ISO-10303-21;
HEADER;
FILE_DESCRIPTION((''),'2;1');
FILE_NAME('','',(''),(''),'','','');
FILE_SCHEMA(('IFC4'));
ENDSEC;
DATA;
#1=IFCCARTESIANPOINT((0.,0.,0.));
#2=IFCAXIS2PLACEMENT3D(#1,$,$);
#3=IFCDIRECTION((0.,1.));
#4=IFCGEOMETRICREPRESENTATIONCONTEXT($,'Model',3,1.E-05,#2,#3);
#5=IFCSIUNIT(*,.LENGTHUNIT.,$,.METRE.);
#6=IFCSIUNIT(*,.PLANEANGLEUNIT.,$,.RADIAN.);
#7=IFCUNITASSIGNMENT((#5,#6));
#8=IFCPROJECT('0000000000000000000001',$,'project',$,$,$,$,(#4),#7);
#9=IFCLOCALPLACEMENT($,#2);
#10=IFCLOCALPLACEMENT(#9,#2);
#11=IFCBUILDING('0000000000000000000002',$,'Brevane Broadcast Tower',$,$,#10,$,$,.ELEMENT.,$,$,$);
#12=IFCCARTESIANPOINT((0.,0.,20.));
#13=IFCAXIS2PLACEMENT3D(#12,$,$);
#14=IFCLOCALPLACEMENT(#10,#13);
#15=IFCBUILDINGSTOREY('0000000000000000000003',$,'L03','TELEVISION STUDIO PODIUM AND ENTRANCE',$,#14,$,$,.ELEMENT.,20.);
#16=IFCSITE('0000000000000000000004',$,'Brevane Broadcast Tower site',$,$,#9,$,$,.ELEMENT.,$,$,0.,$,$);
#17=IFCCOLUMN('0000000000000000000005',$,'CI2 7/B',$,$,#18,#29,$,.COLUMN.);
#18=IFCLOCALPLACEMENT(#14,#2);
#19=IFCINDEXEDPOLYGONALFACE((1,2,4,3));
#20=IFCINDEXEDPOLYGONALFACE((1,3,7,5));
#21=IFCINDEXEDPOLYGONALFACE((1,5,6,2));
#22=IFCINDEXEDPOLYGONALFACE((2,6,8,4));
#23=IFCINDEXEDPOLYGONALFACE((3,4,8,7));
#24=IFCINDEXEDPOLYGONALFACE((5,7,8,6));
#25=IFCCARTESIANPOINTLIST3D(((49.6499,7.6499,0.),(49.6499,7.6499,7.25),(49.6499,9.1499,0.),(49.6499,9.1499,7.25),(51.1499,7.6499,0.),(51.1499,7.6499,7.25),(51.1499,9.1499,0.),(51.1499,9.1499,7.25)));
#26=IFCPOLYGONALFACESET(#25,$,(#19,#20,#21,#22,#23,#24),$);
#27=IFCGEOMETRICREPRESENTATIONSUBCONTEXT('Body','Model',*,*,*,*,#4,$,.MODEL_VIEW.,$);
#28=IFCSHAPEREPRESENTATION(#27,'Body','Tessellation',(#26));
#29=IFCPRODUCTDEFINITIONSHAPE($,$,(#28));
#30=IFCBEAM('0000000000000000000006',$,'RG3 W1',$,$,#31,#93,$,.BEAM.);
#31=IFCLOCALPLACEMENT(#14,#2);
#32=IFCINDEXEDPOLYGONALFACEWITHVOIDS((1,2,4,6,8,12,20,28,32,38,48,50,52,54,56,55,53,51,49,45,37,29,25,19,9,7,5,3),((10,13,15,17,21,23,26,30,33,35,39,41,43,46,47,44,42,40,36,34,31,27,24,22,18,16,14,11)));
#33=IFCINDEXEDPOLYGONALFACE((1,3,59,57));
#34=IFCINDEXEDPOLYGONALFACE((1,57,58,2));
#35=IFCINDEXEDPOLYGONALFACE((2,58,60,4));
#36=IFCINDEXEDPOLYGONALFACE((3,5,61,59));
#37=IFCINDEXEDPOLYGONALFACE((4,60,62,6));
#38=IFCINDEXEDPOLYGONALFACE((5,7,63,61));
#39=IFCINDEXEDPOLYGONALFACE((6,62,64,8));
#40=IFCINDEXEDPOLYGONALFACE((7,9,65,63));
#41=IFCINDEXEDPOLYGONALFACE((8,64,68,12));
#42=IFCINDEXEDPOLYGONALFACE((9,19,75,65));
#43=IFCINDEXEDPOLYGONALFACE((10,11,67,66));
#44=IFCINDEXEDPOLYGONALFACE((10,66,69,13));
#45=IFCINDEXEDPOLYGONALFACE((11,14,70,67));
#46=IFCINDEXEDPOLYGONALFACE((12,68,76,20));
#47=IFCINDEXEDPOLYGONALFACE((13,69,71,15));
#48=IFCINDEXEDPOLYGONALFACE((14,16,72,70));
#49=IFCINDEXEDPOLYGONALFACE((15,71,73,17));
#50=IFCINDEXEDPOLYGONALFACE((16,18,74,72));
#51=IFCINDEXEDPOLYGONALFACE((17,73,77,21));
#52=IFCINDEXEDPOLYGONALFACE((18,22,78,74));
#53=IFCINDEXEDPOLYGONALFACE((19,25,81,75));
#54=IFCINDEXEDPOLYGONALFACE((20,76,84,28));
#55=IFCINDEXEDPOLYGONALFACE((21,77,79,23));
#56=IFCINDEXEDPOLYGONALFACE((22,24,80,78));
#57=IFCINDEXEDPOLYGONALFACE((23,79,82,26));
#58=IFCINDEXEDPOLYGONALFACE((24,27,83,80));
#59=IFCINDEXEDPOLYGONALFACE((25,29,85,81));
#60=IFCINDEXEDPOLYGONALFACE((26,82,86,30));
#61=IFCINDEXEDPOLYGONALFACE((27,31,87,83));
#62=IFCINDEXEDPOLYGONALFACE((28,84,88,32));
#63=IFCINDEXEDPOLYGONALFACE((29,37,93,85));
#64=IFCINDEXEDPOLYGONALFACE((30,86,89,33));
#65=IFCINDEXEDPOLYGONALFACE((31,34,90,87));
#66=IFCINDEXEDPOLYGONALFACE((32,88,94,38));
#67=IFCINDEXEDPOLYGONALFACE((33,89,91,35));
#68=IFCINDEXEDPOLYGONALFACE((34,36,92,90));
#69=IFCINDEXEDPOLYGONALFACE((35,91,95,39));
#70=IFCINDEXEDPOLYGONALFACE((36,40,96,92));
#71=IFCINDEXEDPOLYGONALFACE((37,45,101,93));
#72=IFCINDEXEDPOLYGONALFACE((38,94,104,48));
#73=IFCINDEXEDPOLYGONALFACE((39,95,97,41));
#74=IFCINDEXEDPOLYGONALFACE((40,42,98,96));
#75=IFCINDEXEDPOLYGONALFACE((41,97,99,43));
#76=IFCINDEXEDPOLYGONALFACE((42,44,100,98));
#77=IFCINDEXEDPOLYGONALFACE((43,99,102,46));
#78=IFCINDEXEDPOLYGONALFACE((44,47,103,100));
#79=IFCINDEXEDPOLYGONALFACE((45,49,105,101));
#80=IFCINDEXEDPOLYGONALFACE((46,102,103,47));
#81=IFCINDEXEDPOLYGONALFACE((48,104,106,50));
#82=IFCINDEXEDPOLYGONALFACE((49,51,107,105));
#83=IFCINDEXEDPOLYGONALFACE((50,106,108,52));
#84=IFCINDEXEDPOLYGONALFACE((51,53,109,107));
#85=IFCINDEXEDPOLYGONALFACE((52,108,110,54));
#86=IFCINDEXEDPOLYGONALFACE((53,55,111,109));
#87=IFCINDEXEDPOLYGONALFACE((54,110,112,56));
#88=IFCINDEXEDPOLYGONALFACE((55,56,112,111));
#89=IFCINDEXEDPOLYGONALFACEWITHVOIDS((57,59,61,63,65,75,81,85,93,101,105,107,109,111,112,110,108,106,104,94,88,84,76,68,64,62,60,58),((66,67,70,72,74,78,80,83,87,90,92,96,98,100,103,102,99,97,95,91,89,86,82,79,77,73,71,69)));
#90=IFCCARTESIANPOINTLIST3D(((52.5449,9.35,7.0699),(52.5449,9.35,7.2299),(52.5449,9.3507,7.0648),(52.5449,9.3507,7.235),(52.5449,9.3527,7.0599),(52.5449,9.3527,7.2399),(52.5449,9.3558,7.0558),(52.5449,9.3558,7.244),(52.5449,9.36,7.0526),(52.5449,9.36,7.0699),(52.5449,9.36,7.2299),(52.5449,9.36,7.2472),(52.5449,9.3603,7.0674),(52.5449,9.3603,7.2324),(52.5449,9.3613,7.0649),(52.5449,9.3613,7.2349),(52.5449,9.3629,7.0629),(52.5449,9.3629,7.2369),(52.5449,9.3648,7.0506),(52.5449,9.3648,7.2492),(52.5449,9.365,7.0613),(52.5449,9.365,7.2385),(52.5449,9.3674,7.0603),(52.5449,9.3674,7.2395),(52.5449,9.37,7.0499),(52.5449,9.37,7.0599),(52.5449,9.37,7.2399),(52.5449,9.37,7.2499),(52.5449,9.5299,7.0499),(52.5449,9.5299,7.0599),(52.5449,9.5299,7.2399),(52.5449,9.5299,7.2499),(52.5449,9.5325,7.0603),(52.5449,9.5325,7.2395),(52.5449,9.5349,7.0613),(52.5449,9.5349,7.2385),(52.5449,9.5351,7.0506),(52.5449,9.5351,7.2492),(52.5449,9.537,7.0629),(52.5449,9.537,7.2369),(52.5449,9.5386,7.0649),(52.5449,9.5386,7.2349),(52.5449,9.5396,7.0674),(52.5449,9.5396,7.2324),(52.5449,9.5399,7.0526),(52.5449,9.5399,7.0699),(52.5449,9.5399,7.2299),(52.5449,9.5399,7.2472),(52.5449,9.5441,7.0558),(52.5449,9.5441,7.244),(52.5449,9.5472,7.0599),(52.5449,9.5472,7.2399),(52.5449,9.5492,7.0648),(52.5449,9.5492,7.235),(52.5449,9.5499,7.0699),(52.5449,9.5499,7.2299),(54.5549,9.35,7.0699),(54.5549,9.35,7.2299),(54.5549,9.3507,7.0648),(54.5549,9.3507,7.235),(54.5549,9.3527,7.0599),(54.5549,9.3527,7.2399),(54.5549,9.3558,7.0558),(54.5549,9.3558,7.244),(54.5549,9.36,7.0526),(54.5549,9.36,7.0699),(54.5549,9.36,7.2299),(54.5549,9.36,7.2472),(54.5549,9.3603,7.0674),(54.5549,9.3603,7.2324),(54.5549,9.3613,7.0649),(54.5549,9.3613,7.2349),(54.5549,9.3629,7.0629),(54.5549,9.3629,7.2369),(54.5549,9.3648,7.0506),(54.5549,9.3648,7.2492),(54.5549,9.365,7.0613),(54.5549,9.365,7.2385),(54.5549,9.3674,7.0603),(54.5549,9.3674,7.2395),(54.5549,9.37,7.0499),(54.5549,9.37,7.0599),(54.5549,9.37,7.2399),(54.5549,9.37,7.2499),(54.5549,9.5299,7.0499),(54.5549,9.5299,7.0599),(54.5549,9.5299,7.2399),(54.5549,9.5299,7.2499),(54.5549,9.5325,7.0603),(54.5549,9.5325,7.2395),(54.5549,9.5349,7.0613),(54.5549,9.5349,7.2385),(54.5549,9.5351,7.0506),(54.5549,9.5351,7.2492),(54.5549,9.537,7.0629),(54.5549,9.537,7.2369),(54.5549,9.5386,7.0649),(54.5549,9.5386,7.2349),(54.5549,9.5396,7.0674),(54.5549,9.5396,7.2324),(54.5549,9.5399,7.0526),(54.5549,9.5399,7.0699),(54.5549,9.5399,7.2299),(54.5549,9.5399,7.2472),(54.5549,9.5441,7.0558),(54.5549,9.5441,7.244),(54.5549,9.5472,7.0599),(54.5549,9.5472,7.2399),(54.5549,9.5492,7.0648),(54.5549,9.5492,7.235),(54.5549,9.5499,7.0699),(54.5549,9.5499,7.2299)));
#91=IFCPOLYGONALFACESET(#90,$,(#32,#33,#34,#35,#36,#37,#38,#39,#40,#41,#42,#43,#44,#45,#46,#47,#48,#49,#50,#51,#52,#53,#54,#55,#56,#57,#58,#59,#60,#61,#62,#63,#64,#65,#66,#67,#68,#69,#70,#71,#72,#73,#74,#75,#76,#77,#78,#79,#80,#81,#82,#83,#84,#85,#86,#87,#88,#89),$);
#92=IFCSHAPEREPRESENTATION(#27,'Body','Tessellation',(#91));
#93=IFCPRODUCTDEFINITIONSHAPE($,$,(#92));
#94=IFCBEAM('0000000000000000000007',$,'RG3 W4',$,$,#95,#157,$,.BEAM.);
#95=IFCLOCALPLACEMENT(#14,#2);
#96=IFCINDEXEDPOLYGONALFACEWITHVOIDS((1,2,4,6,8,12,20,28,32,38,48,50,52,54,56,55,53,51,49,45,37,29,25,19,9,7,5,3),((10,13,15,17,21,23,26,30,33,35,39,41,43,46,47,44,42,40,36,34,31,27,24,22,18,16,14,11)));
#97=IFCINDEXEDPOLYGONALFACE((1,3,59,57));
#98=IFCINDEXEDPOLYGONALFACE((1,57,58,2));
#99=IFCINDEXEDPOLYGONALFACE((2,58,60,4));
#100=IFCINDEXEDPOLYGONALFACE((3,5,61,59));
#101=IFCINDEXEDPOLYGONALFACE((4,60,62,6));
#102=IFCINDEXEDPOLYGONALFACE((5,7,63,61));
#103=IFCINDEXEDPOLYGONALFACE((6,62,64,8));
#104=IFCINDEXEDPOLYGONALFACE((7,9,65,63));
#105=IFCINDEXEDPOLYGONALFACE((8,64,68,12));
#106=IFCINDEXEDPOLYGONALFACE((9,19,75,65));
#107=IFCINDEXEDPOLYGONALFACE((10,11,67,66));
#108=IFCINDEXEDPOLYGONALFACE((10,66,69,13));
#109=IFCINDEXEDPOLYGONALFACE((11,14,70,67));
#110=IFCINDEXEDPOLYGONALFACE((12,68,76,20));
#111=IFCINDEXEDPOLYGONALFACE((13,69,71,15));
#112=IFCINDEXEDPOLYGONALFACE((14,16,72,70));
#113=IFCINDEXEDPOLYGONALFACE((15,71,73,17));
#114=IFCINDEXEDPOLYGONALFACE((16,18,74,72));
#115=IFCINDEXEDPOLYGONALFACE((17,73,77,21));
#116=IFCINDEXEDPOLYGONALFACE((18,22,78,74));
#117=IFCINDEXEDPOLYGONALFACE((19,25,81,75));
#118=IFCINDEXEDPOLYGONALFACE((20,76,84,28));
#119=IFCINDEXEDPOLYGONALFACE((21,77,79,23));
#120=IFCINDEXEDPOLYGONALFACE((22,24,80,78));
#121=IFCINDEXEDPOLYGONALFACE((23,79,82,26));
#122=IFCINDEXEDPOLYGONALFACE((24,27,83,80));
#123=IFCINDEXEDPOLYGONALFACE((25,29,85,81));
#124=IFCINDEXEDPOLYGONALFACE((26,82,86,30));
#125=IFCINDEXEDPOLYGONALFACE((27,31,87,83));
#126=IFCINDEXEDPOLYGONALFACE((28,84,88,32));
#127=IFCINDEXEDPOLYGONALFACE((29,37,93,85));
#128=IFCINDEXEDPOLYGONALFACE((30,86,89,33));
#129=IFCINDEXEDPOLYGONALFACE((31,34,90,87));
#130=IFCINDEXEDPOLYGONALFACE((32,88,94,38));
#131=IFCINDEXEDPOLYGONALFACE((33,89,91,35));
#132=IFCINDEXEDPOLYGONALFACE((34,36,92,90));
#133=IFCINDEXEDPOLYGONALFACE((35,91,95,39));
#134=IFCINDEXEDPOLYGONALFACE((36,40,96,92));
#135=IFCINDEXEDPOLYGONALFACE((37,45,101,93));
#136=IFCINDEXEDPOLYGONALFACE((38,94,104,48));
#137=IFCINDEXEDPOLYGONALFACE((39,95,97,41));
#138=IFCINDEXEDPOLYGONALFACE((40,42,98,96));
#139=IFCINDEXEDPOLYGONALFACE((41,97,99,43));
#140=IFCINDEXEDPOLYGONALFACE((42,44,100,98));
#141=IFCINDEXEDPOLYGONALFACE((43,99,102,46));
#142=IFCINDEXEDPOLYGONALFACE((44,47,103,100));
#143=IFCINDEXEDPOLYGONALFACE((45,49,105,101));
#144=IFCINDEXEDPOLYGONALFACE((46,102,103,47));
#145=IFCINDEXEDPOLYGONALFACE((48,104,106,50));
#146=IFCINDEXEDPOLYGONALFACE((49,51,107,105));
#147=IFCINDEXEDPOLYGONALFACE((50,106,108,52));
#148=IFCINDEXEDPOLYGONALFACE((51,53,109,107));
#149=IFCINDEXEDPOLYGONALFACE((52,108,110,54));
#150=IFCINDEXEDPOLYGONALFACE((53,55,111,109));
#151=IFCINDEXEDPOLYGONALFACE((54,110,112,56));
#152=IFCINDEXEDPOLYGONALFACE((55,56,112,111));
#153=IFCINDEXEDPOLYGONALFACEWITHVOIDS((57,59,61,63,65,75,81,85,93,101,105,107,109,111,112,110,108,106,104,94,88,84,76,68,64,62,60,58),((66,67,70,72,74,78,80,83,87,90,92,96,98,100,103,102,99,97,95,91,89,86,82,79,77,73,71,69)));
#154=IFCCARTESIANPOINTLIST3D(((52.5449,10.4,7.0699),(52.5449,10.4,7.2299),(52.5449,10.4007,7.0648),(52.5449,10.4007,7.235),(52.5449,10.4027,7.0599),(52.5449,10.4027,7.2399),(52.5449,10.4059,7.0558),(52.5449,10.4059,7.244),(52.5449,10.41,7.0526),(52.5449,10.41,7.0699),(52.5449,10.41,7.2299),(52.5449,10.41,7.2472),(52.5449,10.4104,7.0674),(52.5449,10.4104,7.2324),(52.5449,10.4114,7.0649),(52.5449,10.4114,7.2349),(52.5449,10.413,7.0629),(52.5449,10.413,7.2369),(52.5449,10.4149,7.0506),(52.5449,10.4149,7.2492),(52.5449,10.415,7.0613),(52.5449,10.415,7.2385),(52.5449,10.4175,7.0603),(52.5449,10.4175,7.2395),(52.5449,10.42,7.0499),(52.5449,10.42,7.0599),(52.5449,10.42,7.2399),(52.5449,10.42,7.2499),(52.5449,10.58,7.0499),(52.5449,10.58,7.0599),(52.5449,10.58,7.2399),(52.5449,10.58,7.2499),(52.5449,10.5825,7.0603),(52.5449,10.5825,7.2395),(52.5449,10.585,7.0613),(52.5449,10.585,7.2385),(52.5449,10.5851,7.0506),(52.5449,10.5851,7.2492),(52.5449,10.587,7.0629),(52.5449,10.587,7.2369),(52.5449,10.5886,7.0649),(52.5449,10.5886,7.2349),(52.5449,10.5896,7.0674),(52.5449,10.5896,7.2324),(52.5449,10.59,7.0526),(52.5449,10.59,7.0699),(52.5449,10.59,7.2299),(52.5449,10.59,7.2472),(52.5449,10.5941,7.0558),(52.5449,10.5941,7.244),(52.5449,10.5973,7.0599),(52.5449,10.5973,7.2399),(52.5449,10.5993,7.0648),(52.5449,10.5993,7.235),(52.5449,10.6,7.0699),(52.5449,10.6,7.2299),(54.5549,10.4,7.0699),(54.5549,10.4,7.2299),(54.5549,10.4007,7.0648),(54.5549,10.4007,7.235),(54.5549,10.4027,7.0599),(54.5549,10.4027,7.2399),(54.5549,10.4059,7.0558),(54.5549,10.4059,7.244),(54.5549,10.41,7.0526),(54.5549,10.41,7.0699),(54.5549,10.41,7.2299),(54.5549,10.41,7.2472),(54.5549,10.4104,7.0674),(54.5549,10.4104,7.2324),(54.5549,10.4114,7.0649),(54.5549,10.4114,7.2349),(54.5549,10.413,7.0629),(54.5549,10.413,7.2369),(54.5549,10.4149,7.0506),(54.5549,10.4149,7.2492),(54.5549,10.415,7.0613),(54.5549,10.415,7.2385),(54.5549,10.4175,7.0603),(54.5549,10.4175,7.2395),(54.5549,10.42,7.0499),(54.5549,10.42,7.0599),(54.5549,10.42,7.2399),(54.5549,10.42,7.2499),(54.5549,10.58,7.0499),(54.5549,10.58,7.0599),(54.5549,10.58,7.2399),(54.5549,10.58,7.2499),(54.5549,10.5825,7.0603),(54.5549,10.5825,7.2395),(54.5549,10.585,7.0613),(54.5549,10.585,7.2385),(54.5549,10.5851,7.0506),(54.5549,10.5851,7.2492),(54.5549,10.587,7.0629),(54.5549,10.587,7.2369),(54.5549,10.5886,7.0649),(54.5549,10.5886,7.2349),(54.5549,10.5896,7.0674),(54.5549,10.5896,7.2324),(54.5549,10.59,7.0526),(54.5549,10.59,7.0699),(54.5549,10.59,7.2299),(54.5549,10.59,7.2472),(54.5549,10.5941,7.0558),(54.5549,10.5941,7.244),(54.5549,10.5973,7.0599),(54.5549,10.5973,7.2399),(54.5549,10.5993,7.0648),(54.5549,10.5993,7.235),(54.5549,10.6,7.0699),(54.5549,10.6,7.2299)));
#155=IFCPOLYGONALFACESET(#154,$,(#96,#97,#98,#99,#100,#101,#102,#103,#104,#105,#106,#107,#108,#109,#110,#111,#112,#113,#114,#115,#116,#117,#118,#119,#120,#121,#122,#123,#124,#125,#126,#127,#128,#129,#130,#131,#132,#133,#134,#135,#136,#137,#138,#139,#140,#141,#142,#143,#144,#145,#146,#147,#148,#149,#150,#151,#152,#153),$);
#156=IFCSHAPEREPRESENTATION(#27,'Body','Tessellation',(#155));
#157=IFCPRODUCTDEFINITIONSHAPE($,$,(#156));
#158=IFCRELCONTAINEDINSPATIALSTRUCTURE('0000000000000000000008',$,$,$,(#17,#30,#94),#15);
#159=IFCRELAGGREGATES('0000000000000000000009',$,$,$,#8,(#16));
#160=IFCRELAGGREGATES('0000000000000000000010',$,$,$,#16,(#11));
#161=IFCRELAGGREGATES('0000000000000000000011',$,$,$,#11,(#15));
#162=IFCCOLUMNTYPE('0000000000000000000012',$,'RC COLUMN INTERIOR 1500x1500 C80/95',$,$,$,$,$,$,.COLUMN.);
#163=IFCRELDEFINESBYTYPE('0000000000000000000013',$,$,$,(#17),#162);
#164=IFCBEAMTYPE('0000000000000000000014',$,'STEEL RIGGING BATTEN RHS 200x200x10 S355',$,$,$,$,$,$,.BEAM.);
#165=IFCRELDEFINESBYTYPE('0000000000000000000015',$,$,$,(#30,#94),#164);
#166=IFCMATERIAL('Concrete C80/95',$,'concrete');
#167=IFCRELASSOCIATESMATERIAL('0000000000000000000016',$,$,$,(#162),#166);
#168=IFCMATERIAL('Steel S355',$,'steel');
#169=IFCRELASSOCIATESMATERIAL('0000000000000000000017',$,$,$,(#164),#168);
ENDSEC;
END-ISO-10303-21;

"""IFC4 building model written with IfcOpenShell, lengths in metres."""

from ifc_helpers import new_model, si_unit, direction, frame, origin, origin_2d, place, context, subcontext, project, spatial, rectangle, hollow_rectangle, extrude, material, material_profile, profile_set, type_object, element, save


model = new_model("IFC4")

# Units and contexts
model_context = context("Model", 3, precision=1e-05, world=origin(), true_north=direction((0.0, 1.0)))
body_context = subcontext(model_context, "Body", "Model", "MODEL_VIEW")
ifc_project = project(units=[si_unit("LENGTHUNIT", "METRE"), si_unit("PLANEANGLEUNIT", "RADIAN")], contexts=[model_context])

# Site, building, storey
site_placement = place(None, origin())
site = spatial("IfcSite", under=ifc_project, at=site_placement, Name="Brevane Broadcast Tower site", CompositionType="ELEMENT", RefElevation=0.0)
building_placement = place(site_placement, origin())
building = spatial("IfcBuilding", under=site, at=building_placement, Name="Brevane Broadcast Tower", CompositionType="ELEMENT")
storey_placement = place(building_placement, frame((0.0, 0.0, 20.0)))
storey = spatial("IfcBuildingStorey", under=building, at=storey_placement, Name="L03", Description="TELEVISION STUDIO PODIUM AND ENTRANCE", CompositionType="ELEMENT", Elevation=20.0)

# Column
ifc_material_1 = material(Name="Concrete C80/95", Category="concrete")
ifc_material_profile_1 = material_profile(ifc_material_1, rectangle(XDim=1.5, YDim=1.5, at=origin_2d()), Name="RC 1500x1500")
ifc_profile_set_1 = profile_set([ifc_material_profile_1], Name="Concrete C80/95")
column_type = type_object("IfcColumnType", Name="RC COLUMN INTERIOR 1500x1500 C80/95", PredefinedType="COLUMN", material=ifc_profile_set_1)
column_placement = place(storey_placement, frame((50.3999, 8.3999, 0.0), z_axis=(0.0, 0.0, 1.0), x_axis=(1.0, 0.0, 0.0)))
element("IfcColumn", 1, at=column_placement, inside=storey, type_object=column_type, Name="CI2 7/B", PredefinedType="COLUMN", context=body_context, shape_type="SweptSolid", body=[
    extrude(rectangle(XDim=1.5, YDim=1.5, at=origin_2d()), origin(), (0.0, 0.0, 1.0), 7.25),
])

# Beams
ifc_material_2 = material(Name="Steel S355", Category="steel")
ifc_material_profile_2 = material_profile(ifc_material_2, hollow_rectangle(XDim=0.2, YDim=0.2, WallThickness=0.01, InnerFilletRadius=0.01, OuterFilletRadius=0.02, at=origin_2d()), Name="RHS 200x200x10")
ifc_profile_set_2 = profile_set([ifc_material_profile_2], Name="Steel S355")
beam_type_1 = type_object("IfcBeamType", Name="STEEL RIGGING BATTEN RHS 200x200x10 S355", PredefinedType="BEAM", material=ifc_profile_set_2)
for number, where, z_axis, x_axis, name in (
    (2, (52.5449, 9.45, 7.1499), (1.0, 0.0, 0.0), (0.0, 1.0, 0.0), "RG3 W1"),
    (3, (52.5449, 10.5, 7.1499), (1.0, 0.0, 0.0), (0.0, 1.0, 0.0), "RG3 W4"),
):
    element("IfcBeam", number, at=place(storey_placement, frame(where, z_axis=z_axis, x_axis=x_axis)), inside=storey, type_object=beam_type_1, Name=name, PredefinedType="BEAM", context=body_context, shape_type="SweptSolid", body=[
        extrude(hollow_rectangle(XDim=0.2, YDim=0.2, WallThickness=0.01, InnerFilletRadius=0.01, OuterFilletRadius=0.02, at=origin_2d()), origin(), (0.0, 0.0, 1.0), 2.01),
    ])

save(model, "model.ifc")
